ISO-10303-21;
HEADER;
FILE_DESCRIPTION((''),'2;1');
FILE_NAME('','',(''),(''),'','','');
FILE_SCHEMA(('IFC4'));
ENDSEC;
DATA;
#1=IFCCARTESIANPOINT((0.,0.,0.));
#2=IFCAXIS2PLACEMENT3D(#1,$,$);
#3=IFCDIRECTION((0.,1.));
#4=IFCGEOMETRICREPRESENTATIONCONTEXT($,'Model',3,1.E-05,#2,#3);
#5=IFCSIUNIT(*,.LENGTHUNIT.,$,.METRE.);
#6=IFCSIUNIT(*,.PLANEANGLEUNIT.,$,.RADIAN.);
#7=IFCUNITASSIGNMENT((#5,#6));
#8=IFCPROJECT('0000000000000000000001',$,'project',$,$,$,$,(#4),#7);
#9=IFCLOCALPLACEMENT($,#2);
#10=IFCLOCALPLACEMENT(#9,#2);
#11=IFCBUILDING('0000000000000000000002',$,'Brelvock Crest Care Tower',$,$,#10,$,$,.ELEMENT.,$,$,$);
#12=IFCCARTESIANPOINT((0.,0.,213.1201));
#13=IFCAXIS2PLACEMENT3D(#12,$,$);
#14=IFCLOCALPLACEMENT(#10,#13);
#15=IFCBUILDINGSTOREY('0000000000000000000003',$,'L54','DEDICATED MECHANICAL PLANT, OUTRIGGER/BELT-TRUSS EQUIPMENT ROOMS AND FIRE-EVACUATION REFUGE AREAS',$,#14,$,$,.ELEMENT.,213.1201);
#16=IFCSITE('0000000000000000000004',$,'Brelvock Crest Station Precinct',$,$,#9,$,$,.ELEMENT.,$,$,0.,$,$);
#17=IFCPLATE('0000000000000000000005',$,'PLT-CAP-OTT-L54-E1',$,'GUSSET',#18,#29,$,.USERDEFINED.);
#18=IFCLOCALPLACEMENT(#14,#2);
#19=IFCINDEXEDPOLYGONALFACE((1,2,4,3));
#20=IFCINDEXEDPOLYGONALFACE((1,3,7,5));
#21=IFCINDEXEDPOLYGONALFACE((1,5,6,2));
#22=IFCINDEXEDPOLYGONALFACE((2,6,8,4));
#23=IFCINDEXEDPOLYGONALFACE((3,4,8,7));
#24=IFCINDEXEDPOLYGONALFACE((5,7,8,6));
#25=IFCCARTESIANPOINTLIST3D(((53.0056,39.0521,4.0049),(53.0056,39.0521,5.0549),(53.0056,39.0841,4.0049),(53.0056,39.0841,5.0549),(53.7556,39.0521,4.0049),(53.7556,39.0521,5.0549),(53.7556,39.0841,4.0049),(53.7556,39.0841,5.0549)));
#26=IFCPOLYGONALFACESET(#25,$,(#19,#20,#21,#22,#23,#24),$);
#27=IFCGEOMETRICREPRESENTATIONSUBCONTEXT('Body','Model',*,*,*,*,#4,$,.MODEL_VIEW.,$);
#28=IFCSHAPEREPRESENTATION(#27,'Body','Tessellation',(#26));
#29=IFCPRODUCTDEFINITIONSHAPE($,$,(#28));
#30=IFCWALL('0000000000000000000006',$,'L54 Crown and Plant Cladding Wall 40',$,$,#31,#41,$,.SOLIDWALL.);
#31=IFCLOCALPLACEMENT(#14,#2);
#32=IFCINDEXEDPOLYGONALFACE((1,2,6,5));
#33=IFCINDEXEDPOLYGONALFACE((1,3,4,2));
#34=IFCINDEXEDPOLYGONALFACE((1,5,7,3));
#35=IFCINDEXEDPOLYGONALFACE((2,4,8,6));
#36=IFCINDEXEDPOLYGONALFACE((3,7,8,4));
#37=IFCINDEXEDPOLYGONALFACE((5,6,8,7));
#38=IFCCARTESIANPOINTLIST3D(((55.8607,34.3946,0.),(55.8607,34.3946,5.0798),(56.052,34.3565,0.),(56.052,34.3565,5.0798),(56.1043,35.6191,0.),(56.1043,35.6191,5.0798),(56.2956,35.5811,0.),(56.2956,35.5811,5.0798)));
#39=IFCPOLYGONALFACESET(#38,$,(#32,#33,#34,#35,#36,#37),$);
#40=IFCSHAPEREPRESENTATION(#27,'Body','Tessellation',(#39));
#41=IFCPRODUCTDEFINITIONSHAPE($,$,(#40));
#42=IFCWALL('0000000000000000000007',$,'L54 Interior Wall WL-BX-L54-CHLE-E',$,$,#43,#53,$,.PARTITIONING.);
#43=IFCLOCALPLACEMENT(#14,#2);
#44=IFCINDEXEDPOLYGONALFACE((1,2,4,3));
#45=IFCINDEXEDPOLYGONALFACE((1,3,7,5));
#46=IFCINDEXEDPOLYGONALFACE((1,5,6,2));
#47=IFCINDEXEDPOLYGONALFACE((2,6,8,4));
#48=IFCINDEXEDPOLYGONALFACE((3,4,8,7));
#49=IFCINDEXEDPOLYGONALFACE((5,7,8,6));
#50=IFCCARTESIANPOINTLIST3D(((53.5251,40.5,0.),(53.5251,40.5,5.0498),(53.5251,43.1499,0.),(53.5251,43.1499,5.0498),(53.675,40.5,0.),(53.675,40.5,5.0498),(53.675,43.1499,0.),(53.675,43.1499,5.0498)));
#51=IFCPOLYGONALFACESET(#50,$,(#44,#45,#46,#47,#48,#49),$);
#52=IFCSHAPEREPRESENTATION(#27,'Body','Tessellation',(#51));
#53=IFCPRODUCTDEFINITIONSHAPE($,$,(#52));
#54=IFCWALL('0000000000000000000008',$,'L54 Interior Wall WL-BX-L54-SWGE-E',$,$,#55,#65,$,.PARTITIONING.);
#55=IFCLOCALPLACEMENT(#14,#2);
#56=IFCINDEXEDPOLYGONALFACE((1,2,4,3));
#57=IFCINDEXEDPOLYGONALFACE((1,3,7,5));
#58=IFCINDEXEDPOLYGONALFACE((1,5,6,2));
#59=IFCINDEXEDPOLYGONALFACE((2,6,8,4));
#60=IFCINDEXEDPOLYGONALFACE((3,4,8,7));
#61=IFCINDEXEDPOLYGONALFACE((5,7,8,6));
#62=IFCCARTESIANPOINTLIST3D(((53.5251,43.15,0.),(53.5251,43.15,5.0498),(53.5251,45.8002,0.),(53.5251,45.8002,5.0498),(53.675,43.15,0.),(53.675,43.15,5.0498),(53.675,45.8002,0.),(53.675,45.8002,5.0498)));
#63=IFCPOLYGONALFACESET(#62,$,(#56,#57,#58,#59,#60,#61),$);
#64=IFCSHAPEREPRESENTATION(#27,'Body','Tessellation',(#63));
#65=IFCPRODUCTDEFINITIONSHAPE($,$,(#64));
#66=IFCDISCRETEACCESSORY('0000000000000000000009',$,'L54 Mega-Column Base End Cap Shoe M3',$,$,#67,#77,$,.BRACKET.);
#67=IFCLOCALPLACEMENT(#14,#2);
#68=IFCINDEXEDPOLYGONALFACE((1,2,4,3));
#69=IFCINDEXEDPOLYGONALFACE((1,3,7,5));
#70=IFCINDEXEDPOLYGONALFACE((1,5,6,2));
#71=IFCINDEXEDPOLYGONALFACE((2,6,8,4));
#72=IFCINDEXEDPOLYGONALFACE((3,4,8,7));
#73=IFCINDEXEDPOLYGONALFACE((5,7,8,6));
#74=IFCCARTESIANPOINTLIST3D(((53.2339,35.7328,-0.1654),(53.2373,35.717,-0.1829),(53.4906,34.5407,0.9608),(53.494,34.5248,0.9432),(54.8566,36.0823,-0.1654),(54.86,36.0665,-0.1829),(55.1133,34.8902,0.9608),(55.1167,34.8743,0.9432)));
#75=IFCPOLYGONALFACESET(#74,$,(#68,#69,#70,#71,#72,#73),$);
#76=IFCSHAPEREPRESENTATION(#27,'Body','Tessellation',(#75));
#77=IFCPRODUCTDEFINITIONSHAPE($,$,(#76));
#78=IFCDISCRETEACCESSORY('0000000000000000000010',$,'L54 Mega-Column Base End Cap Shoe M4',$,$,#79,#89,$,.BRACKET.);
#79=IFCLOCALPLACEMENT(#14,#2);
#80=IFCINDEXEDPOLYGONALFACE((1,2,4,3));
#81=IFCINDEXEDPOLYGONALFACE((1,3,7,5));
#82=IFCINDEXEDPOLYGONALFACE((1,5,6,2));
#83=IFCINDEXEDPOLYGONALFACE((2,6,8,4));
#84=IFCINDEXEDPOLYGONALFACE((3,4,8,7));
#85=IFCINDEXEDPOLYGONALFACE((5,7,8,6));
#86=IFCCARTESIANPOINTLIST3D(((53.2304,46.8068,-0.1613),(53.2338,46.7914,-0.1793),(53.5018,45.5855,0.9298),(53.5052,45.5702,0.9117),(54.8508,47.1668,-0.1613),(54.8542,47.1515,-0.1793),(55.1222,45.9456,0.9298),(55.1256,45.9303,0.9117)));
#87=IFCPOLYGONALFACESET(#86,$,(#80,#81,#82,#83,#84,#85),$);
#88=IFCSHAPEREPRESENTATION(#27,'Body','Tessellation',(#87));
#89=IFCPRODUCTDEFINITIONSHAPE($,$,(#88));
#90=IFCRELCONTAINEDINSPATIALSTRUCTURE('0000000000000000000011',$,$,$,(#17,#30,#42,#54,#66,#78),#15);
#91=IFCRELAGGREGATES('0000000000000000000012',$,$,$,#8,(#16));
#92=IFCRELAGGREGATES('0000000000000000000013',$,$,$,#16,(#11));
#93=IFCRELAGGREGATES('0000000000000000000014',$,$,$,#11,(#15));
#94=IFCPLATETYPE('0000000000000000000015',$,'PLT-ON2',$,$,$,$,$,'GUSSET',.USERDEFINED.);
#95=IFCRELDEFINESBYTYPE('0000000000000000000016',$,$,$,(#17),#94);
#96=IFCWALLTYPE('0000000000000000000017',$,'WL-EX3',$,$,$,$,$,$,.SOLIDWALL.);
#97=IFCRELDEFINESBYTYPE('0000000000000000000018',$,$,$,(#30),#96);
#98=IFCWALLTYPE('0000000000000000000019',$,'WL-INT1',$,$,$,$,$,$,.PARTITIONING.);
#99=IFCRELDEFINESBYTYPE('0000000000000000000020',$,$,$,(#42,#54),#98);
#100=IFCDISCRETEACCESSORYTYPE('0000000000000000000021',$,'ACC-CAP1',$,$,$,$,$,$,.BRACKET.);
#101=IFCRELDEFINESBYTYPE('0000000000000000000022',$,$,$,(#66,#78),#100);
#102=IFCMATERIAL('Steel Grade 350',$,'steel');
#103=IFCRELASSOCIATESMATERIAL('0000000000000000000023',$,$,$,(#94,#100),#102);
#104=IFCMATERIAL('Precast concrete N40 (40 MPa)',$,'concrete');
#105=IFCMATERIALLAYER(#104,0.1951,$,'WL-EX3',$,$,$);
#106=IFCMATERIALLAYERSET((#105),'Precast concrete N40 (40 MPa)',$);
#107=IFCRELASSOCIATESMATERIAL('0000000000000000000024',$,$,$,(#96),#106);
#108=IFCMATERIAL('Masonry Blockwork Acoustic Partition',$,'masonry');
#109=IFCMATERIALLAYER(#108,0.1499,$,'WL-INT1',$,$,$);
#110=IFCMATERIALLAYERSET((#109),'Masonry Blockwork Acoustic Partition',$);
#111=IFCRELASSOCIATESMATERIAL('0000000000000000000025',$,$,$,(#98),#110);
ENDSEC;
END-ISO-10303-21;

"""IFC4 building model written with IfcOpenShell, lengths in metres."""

from ifc_helpers import new_model, si_unit, direction, frame, frame_2d, origin, origin_2d, place, context, subcontext, project, spatial, rectangle, extrude, source, transform, mapped, material, layer, layer_set, material_profile, profile_set, type_object, element, save


model = new_model("IFC4")

# Units and contexts
model_context = context("Model", 3, precision=1e-05, world=origin(), true_north=direction((0.0, 1.0)))
body_context = subcontext(model_context, "Body", "Model", "MODEL_VIEW")
ifc_project = project(units=[si_unit("LENGTHUNIT", "METRE"), si_unit("PLANEANGLEUNIT", "RADIAN")], contexts=[model_context])

# Site, building, storey
site_placement = place(None, origin())
site = spatial("IfcSite", under=ifc_project, at=site_placement, Name="Brelvock Crest Station Precinct", CompositionType="ELEMENT", RefElevation=0.0)
building_placement = place(site_placement, origin())
building = spatial("IfcBuilding", under=site, at=building_placement, Name="Brelvock Crest Care Tower", CompositionType="ELEMENT")
storey_placement = place(building_placement, frame((0.0, 0.0, 213.1201)))
storey = spatial("IfcBuildingStorey", under=building, at=storey_placement, Name="L54", Description="DEDICATED MECHANICAL PLANT, OUTRIGGER/BELT-TRUSS EQUIPMENT ROOMS AND FIRE-EVACUATION REFUGE AREAS", CompositionType="ELEMENT", Elevation=213.1201)

# Shared definitions
ifc_material_1 = material(Name="Steel Grade 350", Category="steel")

# Plate
plate_type_1 = type_object("IfcPlateType", Name="PLT-ON2", ElementType="GUSSET", PredefinedType="USERDEFINED", material=ifc_material_1)
shared_shape_1 = source(origin(), body_context, "Body", "SweptSolid", [
    extrude(rectangle(XDim=0.75, YDim=0.032, at=origin_2d()), origin(), (0.0, 0.0, 1.0), 1.05),
])
plate_1_placement = place(storey_placement, frame((53.3806, 39.0681, 4.0049), z_axis=(0.0, 0.0, 1.0), x_axis=(1.0, 0.0, 0.0)))
element("IfcPlate", 1, at=plate_1_placement, inside=storey, type_object=plate_type_1, Name="PLT-CAP-OTT-L54-E1", ObjectType="GUSSET", PredefinedType="USERDEFINED", context=body_context, shape_type="MappedRepresentation", body=[
    mapped(shared_shape_1, transform((0.0, 0.0, 0.0), x_axis=(1.0, 0.0, 0.0), y_axis=(0.0, 1.0, 0.0), z_axis=(0.0, 0.0, 1.0), scale=1.0)),
])

# Walls
ifc_material_2 = material(Name="Precast concrete N40 (40 MPa)", Category="concrete")
ifc_layer_1 = layer(ifc_material_2, 0.1951, Name="WL-EX3")
ifc_layer_set_1 = layer_set([ifc_layer_1], Name="Precast concrete N40 (40 MPa)")
wall_type_1 = type_object("IfcWallType", Name="WL-EX3", PredefinedType="SOLIDWALL", material=ifc_layer_set_1)
wall_1_placement = place(storey_placement, frame((56.2, 35.6001, 0.0), z_axis=(0.0, 0.0, 1.0), x_axis=(-0.195138, -0.980776, 0.0)))
element("IfcWall", 2, at=wall_1_placement, inside=storey, type_object=wall_type_1, Name="L54 Crown and Plant Cladding Wall 40", PredefinedType="SOLIDWALL", context=body_context, shape_type="SweptSolid", body=[
    extrude(rectangle(XDim=1.2485, YDim=0.1951, at=frame_2d((0.6243, 0.0))), origin(), (0.0, 0.0, 1.0), 5.0798),
])
ifc_material_3 = material(Name="Masonry Blockwork Acoustic Partition", Category="masonry")
ifc_layer_2 = layer(ifc_material_3, 0.1499, Name="WL-INT1")
ifc_layer_set_2 = layer_set([ifc_layer_2], Name="Masonry Blockwork Acoustic Partition")
wall_type_2 = type_object("IfcWallType", Name="WL-INT1", PredefinedType="PARTITIONING", material=ifc_layer_set_2)
wall_2_placement = place(storey_placement, frame((53.6001, 40.5, 0.0), z_axis=(0.0, 0.0, 1.0), x_axis=(0.0, 1.0, 0.0)))
element("IfcWall", 3, at=wall_2_placement, inside=storey, type_object=wall_type_2, Name="L54 Interior Wall WL-BX-L54-CHLE-E", PredefinedType="PARTITIONING", context=body_context, shape_type="SweptSolid", body=[
    extrude(rectangle(XDim=2.6499, YDim=0.1499, at=frame_2d((1.325, 0.0))), origin(), (0.0, 0.0, 1.0), 5.0498),
])
wall_3_placement = place(storey_placement, frame((53.6001, 43.1499, 0.0), z_axis=(0.0, 0.0, 1.0), x_axis=(0.0, 1.0, 0.0)))
element("IfcWall", 4, at=wall_3_placement, inside=storey, type_object=wall_type_2, Name="L54 Interior Wall WL-BX-L54-SWGE-E", PredefinedType="PARTITIONING", context=body_context, shape_type="SweptSolid", body=[
    extrude(rectangle(XDim=2.6501, YDim=0.1499, at=frame_2d((1.3252, 0.0))), origin(), (0.0, 0.0, 1.0), 5.0498),
])

# Discrete accessories
ifc_material_profile_1 = material_profile(ifc_material_1, rectangle(XDim=1.6599, YDim=1.6599, at=origin_2d()), Name="ACC-CAP1")
ifc_profile_set_1 = profile_set([ifc_material_profile_1], Name="Steel Grade 350")
discrete_accessory_type = type_object("IfcDiscreteAccessoryType", Name="ACC-CAP1", PredefinedType="BRACKET", material=ifc_profile_set_1)
shared_shape_2 = source(origin(), body_context, "Body", "SweptSolid", [
    extrude(rectangle(XDim=1.6599, YDim=1.6599, at=origin_2d()), origin(), (0.0, 0.0, 1.0), 0.0239),
])
for number, where, z_axis, x_axis, name in (
    (5, (54.177, 35.2957, 0.3801), (-0.14285, 0.663231, 0.734656), (-0.977582, -0.210556, 0.0), "L54 Mega-Column Base End Cap Shoe M3"),
    (6, (54.1797, 46.3608, 0.3662), (-0.142583, 0.641622, 0.753652), (-0.976187, -0.21693, 0.0), "L54 Mega-Column Base End Cap Shoe M4"),
):
    element("IfcDiscreteAccessory", number, at=place(storey_placement, frame(where, z_axis=z_axis, x_axis=x_axis)), inside=storey, type_object=discrete_accessory_type, Name=name, PredefinedType="BRACKET", context=body_context, shape_type="MappedRepresentation", body=[
        mapped(shared_shape_2, transform((0.0, 0.0, 0.0), x_axis=(1.0, 0.0, 0.0), y_axis=(0.0, 1.0, 0.0), z_axis=(0.0, 0.0, 1.0), scale=1.0)),
    ])

save(model, "model.ifc")
